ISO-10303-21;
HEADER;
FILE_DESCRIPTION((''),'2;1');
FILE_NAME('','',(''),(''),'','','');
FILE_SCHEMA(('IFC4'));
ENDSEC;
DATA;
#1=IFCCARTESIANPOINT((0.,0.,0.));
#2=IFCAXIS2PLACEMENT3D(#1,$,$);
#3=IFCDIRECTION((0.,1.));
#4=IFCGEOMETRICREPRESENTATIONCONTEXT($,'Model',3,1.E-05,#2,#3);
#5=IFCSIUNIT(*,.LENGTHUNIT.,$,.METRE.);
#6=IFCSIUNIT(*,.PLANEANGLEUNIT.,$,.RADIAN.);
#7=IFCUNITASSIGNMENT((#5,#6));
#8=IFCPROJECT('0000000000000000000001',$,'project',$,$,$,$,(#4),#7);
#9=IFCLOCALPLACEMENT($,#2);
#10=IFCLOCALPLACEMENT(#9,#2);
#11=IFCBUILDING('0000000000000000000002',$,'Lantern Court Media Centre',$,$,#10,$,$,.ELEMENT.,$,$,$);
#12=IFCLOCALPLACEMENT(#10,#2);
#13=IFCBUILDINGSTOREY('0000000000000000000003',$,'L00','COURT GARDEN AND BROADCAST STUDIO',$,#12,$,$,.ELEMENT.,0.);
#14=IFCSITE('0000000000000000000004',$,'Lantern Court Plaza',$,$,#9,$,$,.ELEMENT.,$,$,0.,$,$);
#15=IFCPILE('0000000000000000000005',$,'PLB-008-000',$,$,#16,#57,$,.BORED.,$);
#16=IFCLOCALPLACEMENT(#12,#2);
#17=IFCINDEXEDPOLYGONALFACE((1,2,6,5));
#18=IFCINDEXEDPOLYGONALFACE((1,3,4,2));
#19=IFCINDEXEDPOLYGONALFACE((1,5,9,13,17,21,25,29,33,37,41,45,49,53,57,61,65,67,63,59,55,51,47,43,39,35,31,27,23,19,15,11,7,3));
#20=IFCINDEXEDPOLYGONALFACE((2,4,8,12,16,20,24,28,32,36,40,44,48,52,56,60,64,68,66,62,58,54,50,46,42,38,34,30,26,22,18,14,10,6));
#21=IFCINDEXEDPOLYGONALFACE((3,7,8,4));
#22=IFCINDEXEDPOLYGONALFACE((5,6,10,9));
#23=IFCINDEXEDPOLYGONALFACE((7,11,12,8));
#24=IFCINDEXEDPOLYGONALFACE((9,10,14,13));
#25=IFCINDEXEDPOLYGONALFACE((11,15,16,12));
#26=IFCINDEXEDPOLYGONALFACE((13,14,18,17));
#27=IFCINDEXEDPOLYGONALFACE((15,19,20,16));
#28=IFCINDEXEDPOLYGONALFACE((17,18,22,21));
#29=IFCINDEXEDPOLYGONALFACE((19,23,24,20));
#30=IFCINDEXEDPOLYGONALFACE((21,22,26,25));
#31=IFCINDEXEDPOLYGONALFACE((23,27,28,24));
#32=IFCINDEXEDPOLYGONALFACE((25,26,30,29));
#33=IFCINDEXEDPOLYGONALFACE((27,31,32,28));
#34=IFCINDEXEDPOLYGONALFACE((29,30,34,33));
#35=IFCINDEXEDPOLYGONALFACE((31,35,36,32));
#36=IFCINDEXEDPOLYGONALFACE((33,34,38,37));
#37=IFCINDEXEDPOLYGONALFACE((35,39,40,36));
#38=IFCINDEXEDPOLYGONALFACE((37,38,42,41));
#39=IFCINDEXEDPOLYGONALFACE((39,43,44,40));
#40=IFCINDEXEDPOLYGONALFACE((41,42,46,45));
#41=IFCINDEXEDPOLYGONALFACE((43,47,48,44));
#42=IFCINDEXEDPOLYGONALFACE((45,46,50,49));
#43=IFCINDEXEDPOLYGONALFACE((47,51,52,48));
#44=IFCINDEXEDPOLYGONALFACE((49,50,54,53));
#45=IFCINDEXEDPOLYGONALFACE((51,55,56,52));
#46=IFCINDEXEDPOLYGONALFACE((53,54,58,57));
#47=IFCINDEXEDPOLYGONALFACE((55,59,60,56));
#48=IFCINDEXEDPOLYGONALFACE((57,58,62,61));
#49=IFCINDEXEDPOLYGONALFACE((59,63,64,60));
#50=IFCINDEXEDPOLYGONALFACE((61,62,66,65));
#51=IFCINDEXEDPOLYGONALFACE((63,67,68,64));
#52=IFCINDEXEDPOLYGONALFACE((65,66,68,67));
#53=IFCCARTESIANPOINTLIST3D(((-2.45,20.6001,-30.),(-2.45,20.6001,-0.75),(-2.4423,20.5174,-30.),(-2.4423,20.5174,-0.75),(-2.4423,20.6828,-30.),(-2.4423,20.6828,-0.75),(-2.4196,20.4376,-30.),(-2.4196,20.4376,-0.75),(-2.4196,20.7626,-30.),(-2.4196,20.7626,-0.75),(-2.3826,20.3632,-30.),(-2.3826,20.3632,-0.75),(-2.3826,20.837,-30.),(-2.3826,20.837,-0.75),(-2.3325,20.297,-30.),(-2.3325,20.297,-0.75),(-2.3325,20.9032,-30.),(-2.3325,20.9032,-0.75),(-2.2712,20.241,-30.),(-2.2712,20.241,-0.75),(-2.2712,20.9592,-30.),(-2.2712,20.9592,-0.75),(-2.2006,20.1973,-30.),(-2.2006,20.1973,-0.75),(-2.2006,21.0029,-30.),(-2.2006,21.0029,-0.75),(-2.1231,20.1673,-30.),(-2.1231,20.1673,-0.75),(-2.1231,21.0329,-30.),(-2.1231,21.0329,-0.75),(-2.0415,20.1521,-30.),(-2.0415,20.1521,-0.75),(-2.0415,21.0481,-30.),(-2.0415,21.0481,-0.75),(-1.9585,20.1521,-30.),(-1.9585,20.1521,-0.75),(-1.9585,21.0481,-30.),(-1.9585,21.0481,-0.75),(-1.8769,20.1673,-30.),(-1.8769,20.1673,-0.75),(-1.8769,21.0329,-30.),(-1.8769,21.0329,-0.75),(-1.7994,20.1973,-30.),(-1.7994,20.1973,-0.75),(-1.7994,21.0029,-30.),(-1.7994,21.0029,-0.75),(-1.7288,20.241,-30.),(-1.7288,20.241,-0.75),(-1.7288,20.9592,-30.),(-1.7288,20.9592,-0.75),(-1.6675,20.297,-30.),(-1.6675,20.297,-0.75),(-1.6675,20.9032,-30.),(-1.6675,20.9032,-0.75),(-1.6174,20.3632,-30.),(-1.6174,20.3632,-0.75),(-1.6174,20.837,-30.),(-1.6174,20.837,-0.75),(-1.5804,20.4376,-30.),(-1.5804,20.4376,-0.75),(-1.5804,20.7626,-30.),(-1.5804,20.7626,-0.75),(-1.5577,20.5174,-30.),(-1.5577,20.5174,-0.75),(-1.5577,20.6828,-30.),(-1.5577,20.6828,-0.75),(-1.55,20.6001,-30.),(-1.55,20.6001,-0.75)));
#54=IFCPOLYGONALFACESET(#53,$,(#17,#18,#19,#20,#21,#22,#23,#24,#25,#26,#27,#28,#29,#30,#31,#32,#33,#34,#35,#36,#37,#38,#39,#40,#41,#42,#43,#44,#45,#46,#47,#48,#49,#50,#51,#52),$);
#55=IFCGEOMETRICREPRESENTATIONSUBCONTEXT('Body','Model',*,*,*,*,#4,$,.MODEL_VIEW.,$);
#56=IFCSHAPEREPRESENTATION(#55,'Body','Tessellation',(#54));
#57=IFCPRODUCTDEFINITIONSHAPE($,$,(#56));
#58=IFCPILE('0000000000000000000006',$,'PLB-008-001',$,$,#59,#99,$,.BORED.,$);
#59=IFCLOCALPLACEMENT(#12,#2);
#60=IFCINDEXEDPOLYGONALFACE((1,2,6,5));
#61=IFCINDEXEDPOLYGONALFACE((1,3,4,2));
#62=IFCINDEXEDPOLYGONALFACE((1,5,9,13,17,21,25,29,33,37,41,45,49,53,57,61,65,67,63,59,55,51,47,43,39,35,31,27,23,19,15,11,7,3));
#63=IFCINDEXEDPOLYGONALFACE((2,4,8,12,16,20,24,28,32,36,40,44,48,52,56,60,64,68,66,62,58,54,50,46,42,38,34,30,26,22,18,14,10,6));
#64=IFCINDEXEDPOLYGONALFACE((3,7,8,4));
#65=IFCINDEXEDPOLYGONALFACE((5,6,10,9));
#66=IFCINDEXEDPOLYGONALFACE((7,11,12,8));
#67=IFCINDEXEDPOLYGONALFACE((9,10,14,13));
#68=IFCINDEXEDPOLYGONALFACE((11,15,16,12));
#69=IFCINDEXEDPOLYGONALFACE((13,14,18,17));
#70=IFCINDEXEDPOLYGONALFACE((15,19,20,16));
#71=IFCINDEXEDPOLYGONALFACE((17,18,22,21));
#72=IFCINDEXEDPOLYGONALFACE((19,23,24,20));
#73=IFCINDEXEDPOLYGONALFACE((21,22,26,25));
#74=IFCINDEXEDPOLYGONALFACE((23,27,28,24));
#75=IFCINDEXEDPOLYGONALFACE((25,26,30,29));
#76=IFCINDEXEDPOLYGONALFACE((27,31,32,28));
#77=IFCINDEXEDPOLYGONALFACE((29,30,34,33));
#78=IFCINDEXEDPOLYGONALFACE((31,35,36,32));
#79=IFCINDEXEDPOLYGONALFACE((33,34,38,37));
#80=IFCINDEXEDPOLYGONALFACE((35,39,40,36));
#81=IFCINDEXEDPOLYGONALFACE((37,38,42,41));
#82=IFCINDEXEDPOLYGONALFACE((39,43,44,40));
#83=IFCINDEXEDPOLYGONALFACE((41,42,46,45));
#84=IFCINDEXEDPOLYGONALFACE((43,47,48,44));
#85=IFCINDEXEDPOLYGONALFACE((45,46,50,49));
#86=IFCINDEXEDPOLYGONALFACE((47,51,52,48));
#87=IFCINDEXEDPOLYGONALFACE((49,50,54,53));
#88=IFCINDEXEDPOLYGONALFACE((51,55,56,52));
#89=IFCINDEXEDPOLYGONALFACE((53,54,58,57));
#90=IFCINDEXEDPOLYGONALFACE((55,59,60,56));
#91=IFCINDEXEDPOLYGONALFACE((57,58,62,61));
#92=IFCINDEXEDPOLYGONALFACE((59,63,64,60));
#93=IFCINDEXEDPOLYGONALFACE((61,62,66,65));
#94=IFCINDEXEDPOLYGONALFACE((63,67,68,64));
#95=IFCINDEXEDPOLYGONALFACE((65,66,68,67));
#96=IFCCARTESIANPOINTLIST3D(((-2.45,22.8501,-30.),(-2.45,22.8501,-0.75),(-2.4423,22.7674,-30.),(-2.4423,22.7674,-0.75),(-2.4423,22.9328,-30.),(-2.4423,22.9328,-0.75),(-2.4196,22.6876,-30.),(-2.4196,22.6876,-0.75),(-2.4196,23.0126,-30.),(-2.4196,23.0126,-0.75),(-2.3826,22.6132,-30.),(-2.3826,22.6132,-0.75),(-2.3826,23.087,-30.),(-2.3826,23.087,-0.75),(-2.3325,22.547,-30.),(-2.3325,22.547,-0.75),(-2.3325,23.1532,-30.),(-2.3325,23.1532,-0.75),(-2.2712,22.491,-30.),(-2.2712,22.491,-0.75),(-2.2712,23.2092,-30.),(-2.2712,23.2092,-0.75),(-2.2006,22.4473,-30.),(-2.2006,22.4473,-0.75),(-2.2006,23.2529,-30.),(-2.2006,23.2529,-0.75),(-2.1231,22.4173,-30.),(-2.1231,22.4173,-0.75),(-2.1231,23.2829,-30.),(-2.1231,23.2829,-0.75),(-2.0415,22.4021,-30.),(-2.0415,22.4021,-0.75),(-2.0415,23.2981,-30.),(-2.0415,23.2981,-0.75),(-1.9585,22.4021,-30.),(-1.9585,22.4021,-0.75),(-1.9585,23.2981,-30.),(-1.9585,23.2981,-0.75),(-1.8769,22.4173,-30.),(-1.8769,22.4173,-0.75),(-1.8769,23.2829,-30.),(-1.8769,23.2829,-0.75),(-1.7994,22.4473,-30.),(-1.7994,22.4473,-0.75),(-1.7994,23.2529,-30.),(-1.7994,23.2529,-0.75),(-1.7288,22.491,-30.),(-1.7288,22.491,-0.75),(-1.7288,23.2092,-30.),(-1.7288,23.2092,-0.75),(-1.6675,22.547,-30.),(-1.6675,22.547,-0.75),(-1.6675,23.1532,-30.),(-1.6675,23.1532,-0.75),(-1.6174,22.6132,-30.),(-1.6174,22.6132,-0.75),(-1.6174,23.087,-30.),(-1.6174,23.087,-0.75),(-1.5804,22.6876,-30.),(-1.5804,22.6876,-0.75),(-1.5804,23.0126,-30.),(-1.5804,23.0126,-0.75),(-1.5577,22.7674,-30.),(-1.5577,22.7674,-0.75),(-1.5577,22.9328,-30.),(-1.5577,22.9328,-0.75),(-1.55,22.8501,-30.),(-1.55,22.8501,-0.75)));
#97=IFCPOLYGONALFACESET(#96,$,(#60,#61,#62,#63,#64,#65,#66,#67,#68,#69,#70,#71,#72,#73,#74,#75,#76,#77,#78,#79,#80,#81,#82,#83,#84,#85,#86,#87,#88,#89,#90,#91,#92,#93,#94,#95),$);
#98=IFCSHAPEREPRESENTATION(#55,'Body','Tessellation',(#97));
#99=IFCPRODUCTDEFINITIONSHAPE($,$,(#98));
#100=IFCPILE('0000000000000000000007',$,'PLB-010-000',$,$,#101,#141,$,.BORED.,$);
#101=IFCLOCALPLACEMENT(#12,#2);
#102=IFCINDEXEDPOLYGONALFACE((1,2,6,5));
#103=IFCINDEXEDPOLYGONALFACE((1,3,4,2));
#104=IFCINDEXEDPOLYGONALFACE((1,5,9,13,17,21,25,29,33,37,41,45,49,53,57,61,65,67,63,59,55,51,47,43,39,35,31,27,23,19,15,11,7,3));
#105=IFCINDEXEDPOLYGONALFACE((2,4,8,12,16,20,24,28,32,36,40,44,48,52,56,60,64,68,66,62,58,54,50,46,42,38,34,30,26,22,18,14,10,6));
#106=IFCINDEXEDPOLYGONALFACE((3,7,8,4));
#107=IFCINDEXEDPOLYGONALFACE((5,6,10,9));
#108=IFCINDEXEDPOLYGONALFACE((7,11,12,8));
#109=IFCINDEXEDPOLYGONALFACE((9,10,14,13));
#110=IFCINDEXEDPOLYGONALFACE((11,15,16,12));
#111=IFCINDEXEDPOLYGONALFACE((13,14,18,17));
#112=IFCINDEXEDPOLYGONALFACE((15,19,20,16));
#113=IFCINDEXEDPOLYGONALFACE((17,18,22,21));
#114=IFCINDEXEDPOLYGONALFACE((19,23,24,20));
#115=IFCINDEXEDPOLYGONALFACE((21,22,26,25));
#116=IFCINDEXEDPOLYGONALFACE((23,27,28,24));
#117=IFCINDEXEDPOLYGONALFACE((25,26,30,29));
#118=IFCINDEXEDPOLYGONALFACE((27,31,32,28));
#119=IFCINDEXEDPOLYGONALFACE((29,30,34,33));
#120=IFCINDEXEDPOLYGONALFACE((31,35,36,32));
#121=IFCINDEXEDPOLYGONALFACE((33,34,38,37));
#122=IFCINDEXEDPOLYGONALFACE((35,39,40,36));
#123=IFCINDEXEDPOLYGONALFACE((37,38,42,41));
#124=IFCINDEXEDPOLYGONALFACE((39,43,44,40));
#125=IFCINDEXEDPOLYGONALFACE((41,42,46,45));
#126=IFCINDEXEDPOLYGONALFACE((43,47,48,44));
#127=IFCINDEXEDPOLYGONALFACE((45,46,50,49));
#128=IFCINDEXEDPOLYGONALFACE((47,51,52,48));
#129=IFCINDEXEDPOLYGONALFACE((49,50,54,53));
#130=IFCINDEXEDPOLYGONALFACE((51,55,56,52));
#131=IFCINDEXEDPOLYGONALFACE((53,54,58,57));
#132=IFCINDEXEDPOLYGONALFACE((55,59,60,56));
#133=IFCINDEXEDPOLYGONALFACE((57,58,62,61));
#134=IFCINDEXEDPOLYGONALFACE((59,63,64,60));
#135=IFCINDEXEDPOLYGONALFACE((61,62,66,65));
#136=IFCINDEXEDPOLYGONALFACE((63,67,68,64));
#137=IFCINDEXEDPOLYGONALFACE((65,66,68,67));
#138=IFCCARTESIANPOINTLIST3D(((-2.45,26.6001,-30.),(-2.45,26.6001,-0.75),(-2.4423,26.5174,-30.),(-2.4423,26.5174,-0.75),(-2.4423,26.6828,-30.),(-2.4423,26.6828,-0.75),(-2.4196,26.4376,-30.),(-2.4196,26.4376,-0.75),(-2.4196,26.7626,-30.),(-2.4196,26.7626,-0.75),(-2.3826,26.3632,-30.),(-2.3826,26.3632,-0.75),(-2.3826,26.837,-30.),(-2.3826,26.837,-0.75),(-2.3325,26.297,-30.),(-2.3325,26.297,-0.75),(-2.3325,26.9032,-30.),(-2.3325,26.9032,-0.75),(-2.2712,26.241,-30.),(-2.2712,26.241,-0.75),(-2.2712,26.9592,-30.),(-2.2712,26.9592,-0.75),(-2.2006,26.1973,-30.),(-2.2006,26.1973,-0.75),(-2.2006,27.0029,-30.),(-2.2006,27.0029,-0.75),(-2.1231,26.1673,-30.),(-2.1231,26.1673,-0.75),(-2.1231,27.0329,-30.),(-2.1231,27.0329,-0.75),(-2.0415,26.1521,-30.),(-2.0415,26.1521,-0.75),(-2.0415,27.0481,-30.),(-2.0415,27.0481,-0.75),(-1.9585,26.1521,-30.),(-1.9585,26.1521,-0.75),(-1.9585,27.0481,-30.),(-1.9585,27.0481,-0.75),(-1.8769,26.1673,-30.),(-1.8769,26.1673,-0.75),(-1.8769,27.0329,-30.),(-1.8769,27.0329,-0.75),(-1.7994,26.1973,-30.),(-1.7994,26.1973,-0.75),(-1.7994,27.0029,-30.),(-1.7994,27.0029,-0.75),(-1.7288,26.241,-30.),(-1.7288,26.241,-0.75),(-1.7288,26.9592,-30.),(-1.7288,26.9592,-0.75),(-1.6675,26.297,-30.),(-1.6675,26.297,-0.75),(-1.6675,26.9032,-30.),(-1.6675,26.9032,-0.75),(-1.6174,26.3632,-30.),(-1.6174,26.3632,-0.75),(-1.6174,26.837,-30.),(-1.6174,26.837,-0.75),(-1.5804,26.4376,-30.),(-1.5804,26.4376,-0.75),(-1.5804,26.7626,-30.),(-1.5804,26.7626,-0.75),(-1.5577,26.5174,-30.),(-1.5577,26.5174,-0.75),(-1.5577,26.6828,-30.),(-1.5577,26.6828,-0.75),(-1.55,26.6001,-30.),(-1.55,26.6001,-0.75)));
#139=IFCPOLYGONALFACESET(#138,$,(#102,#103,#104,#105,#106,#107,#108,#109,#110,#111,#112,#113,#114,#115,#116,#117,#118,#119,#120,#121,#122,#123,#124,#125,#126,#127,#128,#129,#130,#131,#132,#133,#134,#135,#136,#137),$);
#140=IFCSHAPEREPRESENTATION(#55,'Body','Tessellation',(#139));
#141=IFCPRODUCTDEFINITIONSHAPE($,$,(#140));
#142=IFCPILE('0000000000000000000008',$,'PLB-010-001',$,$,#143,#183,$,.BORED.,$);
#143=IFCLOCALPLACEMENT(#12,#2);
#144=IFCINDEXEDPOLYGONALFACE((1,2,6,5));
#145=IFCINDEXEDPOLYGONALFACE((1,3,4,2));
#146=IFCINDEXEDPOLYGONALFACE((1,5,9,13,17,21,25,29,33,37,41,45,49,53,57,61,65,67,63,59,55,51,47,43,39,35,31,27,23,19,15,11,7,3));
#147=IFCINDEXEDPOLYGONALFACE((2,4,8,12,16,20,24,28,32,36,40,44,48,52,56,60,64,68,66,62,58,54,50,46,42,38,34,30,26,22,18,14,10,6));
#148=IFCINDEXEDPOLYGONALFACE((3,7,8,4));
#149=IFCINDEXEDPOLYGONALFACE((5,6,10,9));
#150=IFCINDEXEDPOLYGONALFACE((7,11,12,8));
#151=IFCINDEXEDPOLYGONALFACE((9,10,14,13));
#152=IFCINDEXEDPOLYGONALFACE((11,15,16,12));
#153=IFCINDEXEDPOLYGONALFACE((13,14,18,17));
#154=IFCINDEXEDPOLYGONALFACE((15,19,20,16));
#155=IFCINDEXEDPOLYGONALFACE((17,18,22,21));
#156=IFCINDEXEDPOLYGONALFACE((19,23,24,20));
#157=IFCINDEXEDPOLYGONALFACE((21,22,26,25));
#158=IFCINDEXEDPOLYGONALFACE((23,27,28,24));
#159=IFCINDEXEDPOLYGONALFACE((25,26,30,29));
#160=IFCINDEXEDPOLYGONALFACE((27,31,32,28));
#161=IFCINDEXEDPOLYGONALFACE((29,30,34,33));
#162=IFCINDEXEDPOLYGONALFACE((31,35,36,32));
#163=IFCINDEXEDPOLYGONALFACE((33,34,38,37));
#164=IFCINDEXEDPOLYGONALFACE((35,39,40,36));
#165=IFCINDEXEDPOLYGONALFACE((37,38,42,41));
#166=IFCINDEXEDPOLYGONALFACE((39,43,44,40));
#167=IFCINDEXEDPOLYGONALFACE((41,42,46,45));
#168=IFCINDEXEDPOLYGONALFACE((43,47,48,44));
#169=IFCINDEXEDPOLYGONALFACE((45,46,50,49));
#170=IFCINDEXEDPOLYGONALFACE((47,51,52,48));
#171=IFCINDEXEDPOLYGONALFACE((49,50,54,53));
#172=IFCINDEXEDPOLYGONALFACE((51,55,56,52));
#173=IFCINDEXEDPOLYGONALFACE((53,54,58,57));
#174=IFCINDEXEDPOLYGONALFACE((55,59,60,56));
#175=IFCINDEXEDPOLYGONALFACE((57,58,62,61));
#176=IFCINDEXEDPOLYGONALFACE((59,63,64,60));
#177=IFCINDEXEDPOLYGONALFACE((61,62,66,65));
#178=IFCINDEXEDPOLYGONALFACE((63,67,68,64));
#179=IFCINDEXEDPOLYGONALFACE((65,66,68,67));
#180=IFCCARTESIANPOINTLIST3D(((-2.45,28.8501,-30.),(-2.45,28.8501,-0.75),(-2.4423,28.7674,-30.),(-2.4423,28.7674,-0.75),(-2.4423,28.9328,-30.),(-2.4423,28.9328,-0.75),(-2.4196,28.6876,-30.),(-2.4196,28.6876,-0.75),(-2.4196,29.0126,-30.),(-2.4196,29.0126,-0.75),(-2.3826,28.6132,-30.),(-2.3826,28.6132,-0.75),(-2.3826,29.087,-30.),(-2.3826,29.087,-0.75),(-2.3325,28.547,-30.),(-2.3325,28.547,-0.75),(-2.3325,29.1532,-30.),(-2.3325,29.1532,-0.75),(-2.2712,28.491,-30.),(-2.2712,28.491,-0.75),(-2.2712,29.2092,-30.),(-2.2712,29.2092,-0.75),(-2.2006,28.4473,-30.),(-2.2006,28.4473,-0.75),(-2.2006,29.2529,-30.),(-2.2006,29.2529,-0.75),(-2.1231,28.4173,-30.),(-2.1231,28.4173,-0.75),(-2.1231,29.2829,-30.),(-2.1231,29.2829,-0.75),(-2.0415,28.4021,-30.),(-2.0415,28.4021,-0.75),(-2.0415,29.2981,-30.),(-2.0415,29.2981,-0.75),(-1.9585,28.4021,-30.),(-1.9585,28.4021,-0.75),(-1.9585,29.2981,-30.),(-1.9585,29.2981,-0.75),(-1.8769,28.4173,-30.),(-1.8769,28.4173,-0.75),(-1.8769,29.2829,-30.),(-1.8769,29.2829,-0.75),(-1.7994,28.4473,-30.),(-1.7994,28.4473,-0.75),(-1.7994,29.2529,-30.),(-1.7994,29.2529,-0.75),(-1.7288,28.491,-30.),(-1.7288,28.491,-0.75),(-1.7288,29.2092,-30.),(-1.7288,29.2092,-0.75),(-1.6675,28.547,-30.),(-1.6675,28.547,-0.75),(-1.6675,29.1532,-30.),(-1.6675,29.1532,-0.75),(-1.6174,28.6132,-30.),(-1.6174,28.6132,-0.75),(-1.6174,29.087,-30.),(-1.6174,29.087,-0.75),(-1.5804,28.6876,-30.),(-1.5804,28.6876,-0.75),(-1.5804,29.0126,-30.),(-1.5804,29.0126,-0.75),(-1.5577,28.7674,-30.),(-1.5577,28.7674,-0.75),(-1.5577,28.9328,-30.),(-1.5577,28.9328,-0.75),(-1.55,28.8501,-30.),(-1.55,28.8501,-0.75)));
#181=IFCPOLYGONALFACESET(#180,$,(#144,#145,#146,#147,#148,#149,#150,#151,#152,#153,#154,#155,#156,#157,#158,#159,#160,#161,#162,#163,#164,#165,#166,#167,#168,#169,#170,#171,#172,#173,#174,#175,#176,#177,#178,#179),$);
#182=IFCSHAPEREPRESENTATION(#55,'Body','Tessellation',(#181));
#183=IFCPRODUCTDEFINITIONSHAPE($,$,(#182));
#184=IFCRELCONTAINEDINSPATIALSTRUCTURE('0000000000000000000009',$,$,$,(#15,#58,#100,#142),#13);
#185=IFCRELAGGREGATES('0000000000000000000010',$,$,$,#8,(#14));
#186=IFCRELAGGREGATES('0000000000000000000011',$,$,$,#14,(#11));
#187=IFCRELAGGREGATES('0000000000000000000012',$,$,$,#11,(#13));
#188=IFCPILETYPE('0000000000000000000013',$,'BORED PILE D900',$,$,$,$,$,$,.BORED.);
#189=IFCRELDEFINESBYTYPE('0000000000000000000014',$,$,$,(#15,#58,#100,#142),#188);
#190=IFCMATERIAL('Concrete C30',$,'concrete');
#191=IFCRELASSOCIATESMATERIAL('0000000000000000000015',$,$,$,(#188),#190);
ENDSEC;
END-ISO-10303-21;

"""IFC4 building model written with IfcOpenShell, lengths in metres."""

from ifc_helpers import new_model, si_unit, direction, frame, origin, origin_2d, place, context, subcontext, project, spatial, circle, extrude, material, material_profile, profile_set, type_object, element, save


model = new_model("IFC4")

# Units and contexts
model_context = context("Model", 3, precision=1e-05, world=origin(), true_north=direction((0.0, 1.0)))
body_context = subcontext(model_context, "Body", "Model", "MODEL_VIEW")
ifc_project = project(units=[si_unit("LENGTHUNIT", "METRE"), si_unit("PLANEANGLEUNIT", "RADIAN")], contexts=[model_context])

# Site, building, storey
site_placement = place(None, origin())
site = spatial("IfcSite", under=ifc_project, at=site_placement, Name="Lantern Court Plaza", CompositionType="ELEMENT", RefElevation=0.0)
building_placement = place(site_placement, origin())
building = spatial("IfcBuilding", under=site, at=building_placement, Name="Lantern Court Media Centre", CompositionType="ELEMENT")
storey_placement = place(building_placement, origin())
storey = spatial("IfcBuildingStorey", under=building, at=storey_placement, Name="L00", Description="COURT GARDEN AND BROADCAST STUDIO", CompositionType="ELEMENT", Elevation=0.0)

# Piles
ifc_material_1 = material(Name="Concrete C30", Category="concrete")
ifc_material_profile_1 = material_profile(ifc_material_1, circle(Radius=0.45, at=origin_2d()), Name="D900")
ifc_profile_set_1 = profile_set([ifc_material_profile_1], Name="Concrete C30")
pile_type = type_object("IfcPileType", Name="BORED PILE D900", PredefinedType="BORED", material=ifc_profile_set_1)
for number, where, z_axis, x_axis, name in (
    (1, (-2.0, 20.6001, -0.75), (0.0, 0.0, -1.0), (1.0, 0.0, 0.0), "PLB-008-000"),
    (2, (-2.0, 22.8501, -0.75), (0.0, 0.0, -1.0), (1.0, 0.0, 0.0), "PLB-008-001"),
    (3, (-2.0, 26.6001, -0.75), (0.0, 0.0, -1.0), (1.0, 0.0, 0.0), "PLB-010-000"),
    (4, (-2.0, 28.8501, -0.75), (0.0, 0.0, -1.0), (1.0, 0.0, 0.0), "PLB-010-001"),
):
    element("IfcPile", number, at=place(storey_placement, frame(where, z_axis=z_axis, x_axis=x_axis)), inside=storey, type_object=pile_type, Name=name, PredefinedType="BORED", context=body_context, shape_type="SweptSolid", body=[
        extrude(circle(Radius=0.45, at=origin_2d()), origin(), (0.0, 0.0, 1.0), 29.25),
    ])

save(model, "model.ifc")
